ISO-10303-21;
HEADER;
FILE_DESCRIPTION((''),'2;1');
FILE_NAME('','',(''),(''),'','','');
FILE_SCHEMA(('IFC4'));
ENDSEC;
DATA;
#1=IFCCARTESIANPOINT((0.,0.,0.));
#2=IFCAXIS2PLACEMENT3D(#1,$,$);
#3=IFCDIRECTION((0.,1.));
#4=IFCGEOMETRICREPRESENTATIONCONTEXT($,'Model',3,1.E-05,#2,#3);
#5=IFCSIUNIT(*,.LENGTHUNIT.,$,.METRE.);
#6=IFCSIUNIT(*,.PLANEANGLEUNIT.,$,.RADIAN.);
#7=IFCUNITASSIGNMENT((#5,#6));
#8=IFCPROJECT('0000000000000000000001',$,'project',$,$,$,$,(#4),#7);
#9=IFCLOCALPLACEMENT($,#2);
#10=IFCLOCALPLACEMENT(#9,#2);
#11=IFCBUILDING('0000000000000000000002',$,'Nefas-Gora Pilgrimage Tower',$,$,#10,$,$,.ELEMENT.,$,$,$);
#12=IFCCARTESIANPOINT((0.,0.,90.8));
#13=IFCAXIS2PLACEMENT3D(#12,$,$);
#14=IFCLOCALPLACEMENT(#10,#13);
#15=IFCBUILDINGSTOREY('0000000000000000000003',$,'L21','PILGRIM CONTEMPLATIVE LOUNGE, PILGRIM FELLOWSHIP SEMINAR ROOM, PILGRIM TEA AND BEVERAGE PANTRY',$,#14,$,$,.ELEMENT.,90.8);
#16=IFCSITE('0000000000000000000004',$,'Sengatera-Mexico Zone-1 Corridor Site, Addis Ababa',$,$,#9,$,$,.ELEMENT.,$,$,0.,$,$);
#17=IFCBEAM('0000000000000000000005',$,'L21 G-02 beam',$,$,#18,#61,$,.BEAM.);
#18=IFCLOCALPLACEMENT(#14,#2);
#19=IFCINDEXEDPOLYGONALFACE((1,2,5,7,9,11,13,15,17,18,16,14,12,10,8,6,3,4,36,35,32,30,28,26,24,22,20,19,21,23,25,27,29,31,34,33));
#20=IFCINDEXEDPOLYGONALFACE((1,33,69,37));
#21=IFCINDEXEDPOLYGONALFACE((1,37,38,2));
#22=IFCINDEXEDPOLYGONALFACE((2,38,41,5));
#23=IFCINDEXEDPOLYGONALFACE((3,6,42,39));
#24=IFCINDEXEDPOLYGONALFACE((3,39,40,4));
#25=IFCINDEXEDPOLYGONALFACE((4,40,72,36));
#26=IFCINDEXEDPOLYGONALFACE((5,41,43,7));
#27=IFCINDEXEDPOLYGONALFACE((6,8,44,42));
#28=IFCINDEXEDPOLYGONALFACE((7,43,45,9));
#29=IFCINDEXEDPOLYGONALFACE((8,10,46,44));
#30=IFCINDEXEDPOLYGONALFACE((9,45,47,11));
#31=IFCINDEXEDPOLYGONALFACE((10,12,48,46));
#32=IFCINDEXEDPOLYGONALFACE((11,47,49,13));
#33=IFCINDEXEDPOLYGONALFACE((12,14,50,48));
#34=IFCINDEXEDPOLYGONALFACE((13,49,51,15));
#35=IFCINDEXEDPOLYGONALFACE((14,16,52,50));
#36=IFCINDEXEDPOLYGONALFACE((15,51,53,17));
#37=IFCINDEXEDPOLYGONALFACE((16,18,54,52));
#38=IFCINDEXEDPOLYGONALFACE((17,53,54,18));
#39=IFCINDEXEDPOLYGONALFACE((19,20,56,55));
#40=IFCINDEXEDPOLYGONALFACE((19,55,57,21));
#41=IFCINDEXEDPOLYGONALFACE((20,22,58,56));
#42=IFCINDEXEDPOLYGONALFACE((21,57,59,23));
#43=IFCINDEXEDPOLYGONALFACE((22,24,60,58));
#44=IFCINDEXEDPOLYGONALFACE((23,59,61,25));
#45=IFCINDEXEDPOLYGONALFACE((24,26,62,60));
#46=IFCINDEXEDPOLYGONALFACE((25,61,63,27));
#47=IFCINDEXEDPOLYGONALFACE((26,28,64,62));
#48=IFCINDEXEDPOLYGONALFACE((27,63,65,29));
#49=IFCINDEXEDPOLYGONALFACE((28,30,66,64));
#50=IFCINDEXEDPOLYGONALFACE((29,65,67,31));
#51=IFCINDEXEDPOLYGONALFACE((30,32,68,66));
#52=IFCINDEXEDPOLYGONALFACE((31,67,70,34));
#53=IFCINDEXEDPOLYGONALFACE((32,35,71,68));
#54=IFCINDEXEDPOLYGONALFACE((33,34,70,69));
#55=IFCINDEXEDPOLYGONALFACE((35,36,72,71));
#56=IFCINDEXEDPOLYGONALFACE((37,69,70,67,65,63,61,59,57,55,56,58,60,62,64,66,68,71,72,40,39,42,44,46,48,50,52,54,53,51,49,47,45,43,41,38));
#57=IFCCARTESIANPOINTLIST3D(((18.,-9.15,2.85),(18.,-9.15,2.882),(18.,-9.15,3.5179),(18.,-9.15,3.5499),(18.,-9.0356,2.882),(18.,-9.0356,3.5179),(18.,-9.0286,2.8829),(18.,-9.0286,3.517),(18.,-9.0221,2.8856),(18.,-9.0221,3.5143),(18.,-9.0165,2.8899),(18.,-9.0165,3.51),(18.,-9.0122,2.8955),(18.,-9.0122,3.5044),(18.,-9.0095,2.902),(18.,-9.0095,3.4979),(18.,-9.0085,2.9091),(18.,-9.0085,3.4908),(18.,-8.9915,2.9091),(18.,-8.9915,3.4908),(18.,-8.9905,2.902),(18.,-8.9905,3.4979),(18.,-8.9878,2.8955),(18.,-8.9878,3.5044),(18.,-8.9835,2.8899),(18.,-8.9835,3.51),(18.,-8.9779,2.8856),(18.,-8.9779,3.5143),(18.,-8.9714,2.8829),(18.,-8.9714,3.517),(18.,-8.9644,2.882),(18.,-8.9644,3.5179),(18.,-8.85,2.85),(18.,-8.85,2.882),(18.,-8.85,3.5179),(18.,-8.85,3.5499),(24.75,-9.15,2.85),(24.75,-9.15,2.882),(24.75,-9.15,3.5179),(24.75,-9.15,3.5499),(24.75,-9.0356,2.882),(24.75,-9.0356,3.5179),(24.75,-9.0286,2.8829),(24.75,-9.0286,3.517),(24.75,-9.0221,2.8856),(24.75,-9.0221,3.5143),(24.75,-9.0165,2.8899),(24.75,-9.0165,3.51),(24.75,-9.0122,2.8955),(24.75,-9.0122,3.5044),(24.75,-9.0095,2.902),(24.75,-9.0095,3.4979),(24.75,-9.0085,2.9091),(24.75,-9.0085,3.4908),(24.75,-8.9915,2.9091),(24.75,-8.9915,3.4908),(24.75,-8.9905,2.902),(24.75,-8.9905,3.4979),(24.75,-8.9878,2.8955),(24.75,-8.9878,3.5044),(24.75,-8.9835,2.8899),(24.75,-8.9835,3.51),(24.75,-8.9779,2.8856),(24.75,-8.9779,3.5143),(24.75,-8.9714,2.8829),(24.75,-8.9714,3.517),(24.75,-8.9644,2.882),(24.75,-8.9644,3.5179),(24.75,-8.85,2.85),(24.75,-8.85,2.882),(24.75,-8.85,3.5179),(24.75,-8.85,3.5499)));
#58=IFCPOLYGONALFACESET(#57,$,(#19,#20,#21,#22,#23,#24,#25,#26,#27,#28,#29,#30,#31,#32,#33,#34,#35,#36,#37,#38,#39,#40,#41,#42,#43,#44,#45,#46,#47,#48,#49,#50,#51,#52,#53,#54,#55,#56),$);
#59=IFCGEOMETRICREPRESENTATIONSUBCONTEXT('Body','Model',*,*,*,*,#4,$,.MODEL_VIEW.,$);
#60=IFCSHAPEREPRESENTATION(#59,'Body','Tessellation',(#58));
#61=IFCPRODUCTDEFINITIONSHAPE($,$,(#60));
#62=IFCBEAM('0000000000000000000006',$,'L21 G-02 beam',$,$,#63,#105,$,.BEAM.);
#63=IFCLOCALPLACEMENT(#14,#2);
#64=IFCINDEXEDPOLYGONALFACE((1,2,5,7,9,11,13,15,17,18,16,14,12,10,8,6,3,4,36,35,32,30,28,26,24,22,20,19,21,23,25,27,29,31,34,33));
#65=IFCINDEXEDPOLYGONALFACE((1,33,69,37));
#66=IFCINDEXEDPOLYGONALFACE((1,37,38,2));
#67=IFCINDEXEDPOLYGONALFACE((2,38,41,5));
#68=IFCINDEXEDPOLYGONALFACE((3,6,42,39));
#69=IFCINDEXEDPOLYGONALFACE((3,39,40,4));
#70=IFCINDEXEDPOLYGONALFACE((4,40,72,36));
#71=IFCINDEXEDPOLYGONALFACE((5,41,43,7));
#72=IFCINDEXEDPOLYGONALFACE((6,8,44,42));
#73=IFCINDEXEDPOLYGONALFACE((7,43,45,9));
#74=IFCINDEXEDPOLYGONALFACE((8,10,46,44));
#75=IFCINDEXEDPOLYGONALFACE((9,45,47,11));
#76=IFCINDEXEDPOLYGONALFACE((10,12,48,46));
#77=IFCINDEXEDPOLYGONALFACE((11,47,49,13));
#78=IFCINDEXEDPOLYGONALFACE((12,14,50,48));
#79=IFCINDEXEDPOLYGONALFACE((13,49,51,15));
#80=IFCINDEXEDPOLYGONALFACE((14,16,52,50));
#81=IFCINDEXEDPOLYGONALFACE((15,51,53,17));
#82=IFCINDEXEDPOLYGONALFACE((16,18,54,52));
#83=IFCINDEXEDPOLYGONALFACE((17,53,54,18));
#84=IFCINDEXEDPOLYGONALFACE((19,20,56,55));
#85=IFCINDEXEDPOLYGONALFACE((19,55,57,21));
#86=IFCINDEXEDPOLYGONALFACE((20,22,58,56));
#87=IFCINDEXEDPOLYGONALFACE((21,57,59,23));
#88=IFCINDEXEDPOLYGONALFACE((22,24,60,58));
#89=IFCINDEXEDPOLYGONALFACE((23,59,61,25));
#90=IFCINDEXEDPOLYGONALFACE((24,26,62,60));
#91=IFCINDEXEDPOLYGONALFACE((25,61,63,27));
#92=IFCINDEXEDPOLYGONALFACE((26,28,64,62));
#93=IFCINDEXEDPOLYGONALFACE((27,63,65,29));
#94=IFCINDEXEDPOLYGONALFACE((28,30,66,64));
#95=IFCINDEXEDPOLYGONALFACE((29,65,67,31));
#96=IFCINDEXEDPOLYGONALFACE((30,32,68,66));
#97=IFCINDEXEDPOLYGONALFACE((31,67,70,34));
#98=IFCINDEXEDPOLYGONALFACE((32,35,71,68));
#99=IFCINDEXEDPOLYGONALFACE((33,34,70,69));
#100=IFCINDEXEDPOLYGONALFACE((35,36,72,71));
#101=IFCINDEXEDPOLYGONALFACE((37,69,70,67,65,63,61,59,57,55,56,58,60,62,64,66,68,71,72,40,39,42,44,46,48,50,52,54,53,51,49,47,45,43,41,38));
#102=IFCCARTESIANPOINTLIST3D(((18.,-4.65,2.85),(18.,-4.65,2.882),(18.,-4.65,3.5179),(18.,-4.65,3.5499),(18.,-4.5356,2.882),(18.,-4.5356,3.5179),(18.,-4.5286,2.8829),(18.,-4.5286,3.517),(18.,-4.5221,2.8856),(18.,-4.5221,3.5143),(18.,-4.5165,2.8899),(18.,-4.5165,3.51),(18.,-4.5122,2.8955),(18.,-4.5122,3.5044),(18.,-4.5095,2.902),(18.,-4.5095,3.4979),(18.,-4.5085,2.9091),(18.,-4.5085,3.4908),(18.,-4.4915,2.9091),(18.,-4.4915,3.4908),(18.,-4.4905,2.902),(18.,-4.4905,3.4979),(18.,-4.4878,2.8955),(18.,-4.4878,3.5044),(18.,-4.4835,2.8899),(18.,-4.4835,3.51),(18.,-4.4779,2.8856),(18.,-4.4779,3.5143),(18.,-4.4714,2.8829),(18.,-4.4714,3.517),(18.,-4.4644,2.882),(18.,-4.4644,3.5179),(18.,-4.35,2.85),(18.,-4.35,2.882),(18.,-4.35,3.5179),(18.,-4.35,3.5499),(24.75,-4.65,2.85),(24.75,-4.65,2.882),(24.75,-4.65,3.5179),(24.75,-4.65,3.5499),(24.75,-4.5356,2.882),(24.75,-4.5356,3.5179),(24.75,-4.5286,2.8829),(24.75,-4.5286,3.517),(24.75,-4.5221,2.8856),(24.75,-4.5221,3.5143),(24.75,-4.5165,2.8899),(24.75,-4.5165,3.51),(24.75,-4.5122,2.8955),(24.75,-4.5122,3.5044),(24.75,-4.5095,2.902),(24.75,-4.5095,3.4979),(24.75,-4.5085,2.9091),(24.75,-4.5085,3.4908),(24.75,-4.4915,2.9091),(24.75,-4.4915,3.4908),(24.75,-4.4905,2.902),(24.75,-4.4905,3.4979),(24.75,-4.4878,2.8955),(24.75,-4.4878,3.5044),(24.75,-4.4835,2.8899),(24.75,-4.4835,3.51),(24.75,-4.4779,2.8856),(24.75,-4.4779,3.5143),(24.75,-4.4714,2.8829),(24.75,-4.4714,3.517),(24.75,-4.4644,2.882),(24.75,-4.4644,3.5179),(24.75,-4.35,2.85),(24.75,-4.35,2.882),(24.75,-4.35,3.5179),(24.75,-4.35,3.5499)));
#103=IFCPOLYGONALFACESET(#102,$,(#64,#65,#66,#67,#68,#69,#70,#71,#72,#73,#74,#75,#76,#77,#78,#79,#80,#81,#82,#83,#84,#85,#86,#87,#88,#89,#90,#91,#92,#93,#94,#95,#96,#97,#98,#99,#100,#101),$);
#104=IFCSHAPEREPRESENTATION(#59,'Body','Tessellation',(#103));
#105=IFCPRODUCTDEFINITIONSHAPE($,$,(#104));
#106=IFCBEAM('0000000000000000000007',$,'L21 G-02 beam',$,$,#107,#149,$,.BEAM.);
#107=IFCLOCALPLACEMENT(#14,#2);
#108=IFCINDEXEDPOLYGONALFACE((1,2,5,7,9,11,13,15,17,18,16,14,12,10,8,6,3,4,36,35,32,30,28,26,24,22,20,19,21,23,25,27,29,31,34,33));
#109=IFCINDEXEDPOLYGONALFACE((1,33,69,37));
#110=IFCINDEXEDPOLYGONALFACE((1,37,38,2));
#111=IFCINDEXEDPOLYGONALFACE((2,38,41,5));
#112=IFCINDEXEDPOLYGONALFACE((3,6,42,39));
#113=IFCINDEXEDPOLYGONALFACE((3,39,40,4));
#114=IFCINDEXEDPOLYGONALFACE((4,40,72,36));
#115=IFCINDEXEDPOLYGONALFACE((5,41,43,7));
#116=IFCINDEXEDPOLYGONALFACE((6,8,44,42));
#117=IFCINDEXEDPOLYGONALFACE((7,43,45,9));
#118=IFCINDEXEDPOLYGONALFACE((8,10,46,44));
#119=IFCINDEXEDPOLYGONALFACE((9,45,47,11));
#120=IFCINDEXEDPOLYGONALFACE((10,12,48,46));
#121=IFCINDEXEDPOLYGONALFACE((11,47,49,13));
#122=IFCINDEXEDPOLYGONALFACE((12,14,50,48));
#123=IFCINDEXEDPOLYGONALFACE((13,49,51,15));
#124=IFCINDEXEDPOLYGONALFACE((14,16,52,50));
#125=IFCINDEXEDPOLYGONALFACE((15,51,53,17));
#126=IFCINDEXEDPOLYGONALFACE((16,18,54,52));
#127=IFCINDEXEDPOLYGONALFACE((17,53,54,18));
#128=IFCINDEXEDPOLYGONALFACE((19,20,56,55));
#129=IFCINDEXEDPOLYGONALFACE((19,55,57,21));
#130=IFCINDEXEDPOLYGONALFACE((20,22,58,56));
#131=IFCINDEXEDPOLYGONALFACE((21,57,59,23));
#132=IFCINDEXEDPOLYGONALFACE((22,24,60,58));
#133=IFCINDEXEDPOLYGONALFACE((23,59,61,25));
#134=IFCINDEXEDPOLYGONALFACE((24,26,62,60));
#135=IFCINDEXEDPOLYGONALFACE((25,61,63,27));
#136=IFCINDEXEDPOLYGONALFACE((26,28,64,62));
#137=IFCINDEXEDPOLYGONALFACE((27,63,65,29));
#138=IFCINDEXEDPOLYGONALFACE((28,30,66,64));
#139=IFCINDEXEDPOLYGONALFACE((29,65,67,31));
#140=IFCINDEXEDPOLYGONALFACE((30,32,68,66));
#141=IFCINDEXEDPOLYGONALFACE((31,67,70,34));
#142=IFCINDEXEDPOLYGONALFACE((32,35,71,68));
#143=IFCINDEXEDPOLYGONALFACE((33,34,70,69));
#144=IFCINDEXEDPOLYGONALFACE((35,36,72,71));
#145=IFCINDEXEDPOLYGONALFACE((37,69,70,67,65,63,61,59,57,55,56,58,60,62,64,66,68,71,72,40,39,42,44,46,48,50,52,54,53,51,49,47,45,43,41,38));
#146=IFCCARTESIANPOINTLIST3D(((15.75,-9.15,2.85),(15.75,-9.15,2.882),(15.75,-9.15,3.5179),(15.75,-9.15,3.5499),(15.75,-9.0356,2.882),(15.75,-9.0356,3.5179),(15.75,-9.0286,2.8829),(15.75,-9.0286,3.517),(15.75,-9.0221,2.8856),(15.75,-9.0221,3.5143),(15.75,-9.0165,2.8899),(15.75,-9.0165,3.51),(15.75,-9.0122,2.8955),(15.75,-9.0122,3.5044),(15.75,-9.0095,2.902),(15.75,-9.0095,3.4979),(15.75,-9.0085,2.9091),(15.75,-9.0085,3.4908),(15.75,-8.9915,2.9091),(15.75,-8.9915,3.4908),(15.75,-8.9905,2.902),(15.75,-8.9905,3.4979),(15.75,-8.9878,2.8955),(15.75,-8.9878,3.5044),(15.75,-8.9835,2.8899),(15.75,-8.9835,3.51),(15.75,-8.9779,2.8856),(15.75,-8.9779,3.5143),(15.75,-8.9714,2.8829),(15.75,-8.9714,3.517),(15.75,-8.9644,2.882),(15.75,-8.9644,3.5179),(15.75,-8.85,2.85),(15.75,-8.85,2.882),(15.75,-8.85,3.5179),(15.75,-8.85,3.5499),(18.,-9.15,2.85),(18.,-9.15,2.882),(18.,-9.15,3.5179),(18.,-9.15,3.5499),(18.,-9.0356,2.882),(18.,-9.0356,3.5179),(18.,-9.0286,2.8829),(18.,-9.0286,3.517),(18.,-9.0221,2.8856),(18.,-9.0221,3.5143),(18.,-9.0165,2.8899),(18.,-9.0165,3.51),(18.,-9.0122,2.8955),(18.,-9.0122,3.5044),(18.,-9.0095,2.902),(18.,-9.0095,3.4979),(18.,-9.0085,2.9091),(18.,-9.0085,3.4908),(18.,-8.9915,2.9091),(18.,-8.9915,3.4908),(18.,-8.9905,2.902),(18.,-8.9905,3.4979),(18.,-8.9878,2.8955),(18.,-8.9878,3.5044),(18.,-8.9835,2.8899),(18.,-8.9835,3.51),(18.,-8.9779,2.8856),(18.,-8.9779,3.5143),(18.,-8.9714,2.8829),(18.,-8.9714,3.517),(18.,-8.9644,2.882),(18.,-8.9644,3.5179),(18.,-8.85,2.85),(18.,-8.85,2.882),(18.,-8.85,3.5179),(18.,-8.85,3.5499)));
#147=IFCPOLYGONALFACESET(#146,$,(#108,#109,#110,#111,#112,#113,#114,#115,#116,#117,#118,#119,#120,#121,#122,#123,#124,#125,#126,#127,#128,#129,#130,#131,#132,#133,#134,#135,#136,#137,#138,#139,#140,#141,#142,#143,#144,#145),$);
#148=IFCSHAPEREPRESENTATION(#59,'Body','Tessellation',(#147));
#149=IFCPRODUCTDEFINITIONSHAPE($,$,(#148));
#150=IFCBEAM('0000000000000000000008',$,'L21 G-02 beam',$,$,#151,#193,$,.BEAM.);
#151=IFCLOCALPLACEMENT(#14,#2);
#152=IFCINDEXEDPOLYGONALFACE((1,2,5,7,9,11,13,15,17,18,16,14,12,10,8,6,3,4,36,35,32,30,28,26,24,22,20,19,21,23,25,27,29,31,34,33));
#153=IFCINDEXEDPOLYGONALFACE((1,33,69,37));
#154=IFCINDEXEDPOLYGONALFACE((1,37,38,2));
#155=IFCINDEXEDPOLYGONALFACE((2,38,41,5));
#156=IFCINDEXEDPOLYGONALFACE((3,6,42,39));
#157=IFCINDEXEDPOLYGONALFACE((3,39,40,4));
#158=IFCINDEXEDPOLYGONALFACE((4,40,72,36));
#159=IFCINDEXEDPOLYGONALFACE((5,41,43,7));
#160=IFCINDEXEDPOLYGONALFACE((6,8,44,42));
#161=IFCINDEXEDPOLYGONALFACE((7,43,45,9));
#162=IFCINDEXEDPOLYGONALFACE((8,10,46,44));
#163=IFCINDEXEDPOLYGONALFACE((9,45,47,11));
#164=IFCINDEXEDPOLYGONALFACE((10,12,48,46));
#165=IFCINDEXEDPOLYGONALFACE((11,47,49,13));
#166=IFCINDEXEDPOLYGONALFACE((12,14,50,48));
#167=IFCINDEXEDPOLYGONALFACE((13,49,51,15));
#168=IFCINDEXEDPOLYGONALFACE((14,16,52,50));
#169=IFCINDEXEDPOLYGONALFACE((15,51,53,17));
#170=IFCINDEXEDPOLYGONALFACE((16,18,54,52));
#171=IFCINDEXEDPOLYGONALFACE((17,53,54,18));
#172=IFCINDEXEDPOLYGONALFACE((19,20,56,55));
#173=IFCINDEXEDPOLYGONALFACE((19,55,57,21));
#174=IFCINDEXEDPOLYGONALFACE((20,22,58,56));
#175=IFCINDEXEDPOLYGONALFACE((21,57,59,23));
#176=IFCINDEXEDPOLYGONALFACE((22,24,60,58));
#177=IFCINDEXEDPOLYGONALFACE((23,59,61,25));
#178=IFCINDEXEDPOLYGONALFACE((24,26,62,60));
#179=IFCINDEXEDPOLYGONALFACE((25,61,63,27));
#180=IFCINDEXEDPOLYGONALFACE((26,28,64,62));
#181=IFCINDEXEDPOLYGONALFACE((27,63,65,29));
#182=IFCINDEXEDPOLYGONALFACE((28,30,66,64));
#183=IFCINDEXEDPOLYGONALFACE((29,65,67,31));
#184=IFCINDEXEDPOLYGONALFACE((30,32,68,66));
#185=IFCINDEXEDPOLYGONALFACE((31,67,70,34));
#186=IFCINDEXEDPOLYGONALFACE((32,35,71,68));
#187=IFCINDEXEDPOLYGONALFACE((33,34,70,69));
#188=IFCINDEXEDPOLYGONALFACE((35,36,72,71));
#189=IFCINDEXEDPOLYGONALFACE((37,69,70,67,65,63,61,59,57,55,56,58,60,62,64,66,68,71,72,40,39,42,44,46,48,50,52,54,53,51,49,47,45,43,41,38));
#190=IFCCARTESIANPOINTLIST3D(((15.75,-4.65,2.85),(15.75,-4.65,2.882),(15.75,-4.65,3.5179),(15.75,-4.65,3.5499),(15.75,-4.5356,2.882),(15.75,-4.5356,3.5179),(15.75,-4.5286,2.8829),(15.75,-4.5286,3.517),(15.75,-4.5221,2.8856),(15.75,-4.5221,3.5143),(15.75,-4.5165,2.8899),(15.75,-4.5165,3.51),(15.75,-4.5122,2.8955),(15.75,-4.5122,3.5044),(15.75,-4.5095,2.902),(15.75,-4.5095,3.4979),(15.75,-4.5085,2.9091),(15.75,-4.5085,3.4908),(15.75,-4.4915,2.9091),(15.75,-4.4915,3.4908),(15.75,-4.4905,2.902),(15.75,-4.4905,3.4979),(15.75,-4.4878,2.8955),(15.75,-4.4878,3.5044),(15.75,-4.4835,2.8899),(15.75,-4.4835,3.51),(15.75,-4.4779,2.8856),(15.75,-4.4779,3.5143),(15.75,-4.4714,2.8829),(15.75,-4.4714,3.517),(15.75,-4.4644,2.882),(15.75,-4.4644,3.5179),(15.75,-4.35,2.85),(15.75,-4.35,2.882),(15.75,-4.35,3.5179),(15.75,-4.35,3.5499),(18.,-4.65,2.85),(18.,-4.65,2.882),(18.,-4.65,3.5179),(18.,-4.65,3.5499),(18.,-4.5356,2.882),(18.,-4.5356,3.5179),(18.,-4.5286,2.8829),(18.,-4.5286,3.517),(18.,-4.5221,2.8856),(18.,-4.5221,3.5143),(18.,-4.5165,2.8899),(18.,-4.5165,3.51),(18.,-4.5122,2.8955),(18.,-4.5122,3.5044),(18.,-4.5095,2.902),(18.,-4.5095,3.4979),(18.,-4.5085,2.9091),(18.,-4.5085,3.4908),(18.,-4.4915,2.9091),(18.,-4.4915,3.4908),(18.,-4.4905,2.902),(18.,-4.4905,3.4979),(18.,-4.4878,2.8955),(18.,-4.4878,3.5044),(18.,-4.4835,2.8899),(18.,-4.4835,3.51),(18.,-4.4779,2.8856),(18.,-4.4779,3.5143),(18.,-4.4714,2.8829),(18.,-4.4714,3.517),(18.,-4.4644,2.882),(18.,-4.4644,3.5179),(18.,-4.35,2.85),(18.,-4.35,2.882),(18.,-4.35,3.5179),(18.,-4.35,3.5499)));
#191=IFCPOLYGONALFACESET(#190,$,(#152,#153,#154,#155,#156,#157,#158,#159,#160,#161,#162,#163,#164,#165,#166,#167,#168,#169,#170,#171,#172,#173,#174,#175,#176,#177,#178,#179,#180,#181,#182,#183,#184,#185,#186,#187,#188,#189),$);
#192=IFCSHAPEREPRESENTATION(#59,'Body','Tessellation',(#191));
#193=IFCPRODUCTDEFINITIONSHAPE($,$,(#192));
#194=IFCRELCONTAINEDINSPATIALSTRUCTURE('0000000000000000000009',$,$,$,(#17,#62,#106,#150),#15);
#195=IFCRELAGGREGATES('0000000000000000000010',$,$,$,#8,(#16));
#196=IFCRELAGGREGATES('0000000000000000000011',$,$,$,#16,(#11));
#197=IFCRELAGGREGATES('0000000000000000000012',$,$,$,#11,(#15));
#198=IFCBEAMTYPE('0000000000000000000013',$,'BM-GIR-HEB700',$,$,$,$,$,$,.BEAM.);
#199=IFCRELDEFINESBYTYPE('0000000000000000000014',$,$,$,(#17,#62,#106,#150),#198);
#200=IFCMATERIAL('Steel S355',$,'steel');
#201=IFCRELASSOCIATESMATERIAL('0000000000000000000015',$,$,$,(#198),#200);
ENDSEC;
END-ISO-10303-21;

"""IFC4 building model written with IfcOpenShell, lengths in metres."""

from ifc_helpers import new_model, si_unit, direction, frame, origin, origin_2d, place, context, subcontext, project, spatial, i_section, extrude, source, transform, mapped, material, material_profile, profile_set, type_object, element, save


model = new_model("IFC4")

# Units and contexts
model_context = context("Model", 3, precision=1e-05, world=origin(), true_north=direction((0.0, 1.0)))
body_context = subcontext(model_context, "Body", "Model", "MODEL_VIEW")
ifc_project = project(units=[si_unit("LENGTHUNIT", "METRE"), si_unit("PLANEANGLEUNIT", "RADIAN")], contexts=[model_context])

# Site, building, storey
site_placement = place(None, origin())
site = spatial("IfcSite", under=ifc_project, at=site_placement, Name="Sengatera-Mexico Zone-1 Corridor Site, Addis Ababa", CompositionType="ELEMENT", RefElevation=0.0)
building_placement = place(site_placement, origin())
building = spatial("IfcBuilding", under=site, at=building_placement, Name="Nefas-Gora Pilgrimage Tower", CompositionType="ELEMENT")
storey_placement = place(building_placement, frame((0.0, 0.0, 90.8)))
storey = spatial("IfcBuildingStorey", under=building, at=storey_placement, Name="L21", Description="PILGRIM CONTEMPLATIVE LOUNGE, PILGRIM FELLOWSHIP SEMINAR ROOM, PILGRIM TEA AND BEVERAGE PANTRY", CompositionType="ELEMENT", Elevation=90.8)

# Beams
ifc_material_1 = material(Name="Steel S355", Category="steel")
ifc_material_profile_1 = material_profile(ifc_material_1, i_section(OverallWidth=0.3, OverallDepth=0.7, WebThickness=0.0171, FlangeThickness=0.032, FilletRadius=0.0271, at=origin_2d()), Name="HEB 700")
ifc_profile_set_1 = profile_set([ifc_material_profile_1], Name="Steel S355")
beam_type_1 = type_object("IfcBeamType", Name="BM-GIR-HEB700", PredefinedType="BEAM", material=ifc_profile_set_1)
shared_shape_1 = source(origin(), body_context, "Body", "SweptSolid", [
    extrude(i_section(OverallWidth=0.3, OverallDepth=0.7, WebThickness=0.0171, FlangeThickness=0.032, FilletRadius=0.0271, at=origin_2d()), origin(), (0.0, 0.0, 1.0), 6.75),
])
for number, where, z_axis, x_axis, name in (
    (1, (18.0, -9.0, 3.2), (1.0, 0.0, 0.0), (0.0, 1.0, 0.0), "L21 G-02 beam"),
    (2, (18.0, -4.5, 3.2), (1.0, 0.0, 0.0), (0.0, 1.0, 0.0), "L21 G-02 beam"),
):
    element("IfcBeam", number, at=place(storey_placement, frame(where, z_axis=z_axis, x_axis=x_axis)), inside=storey, type_object=beam_type_1, Name=name, PredefinedType="BEAM", context=body_context, shape_type="MappedRepresentation", body=[
        mapped(shared_shape_1, transform((0.0, 0.0, 0.0), x_axis=(1.0, 0.0, 0.0), y_axis=(0.0, 1.0, 0.0), z_axis=(0.0, 0.0, 1.0), scale=1.0)),
    ])
shared_shape_2 = source(origin(), body_context, "Body", "SweptSolid", [
    extrude(i_section(OverallWidth=0.3, OverallDepth=0.7, WebThickness=0.0171, FlangeThickness=0.032, FilletRadius=0.0271, at=origin_2d()), origin(), (0.0, 0.0, 1.0), 2.25),
])
for number, where, z_axis, x_axis, name in (
    (3, (15.75, -9.0, 3.2), (1.0, 0.0, 0.0), (0.0, 1.0, 0.0), "L21 G-02 beam"),
    (4, (15.75, -4.5, 3.2), (1.0, 0.0, 0.0), (0.0, 1.0, 0.0), "L21 G-02 beam"),
):
    element("IfcBeam", number, at=place(storey_placement, frame(where, z_axis=z_axis, x_axis=x_axis)), inside=storey, type_object=beam_type_1, Name=name, PredefinedType="BEAM", context=body_context, shape_type="MappedRepresentation", body=[
        mapped(shared_shape_2, transform((0.0, 0.0, 0.0), x_axis=(1.0, 0.0, 0.0), y_axis=(0.0, 1.0, 0.0), z_axis=(0.0, 0.0, 1.0), scale=1.0)),
    ])

save(model, "model.ifc")
